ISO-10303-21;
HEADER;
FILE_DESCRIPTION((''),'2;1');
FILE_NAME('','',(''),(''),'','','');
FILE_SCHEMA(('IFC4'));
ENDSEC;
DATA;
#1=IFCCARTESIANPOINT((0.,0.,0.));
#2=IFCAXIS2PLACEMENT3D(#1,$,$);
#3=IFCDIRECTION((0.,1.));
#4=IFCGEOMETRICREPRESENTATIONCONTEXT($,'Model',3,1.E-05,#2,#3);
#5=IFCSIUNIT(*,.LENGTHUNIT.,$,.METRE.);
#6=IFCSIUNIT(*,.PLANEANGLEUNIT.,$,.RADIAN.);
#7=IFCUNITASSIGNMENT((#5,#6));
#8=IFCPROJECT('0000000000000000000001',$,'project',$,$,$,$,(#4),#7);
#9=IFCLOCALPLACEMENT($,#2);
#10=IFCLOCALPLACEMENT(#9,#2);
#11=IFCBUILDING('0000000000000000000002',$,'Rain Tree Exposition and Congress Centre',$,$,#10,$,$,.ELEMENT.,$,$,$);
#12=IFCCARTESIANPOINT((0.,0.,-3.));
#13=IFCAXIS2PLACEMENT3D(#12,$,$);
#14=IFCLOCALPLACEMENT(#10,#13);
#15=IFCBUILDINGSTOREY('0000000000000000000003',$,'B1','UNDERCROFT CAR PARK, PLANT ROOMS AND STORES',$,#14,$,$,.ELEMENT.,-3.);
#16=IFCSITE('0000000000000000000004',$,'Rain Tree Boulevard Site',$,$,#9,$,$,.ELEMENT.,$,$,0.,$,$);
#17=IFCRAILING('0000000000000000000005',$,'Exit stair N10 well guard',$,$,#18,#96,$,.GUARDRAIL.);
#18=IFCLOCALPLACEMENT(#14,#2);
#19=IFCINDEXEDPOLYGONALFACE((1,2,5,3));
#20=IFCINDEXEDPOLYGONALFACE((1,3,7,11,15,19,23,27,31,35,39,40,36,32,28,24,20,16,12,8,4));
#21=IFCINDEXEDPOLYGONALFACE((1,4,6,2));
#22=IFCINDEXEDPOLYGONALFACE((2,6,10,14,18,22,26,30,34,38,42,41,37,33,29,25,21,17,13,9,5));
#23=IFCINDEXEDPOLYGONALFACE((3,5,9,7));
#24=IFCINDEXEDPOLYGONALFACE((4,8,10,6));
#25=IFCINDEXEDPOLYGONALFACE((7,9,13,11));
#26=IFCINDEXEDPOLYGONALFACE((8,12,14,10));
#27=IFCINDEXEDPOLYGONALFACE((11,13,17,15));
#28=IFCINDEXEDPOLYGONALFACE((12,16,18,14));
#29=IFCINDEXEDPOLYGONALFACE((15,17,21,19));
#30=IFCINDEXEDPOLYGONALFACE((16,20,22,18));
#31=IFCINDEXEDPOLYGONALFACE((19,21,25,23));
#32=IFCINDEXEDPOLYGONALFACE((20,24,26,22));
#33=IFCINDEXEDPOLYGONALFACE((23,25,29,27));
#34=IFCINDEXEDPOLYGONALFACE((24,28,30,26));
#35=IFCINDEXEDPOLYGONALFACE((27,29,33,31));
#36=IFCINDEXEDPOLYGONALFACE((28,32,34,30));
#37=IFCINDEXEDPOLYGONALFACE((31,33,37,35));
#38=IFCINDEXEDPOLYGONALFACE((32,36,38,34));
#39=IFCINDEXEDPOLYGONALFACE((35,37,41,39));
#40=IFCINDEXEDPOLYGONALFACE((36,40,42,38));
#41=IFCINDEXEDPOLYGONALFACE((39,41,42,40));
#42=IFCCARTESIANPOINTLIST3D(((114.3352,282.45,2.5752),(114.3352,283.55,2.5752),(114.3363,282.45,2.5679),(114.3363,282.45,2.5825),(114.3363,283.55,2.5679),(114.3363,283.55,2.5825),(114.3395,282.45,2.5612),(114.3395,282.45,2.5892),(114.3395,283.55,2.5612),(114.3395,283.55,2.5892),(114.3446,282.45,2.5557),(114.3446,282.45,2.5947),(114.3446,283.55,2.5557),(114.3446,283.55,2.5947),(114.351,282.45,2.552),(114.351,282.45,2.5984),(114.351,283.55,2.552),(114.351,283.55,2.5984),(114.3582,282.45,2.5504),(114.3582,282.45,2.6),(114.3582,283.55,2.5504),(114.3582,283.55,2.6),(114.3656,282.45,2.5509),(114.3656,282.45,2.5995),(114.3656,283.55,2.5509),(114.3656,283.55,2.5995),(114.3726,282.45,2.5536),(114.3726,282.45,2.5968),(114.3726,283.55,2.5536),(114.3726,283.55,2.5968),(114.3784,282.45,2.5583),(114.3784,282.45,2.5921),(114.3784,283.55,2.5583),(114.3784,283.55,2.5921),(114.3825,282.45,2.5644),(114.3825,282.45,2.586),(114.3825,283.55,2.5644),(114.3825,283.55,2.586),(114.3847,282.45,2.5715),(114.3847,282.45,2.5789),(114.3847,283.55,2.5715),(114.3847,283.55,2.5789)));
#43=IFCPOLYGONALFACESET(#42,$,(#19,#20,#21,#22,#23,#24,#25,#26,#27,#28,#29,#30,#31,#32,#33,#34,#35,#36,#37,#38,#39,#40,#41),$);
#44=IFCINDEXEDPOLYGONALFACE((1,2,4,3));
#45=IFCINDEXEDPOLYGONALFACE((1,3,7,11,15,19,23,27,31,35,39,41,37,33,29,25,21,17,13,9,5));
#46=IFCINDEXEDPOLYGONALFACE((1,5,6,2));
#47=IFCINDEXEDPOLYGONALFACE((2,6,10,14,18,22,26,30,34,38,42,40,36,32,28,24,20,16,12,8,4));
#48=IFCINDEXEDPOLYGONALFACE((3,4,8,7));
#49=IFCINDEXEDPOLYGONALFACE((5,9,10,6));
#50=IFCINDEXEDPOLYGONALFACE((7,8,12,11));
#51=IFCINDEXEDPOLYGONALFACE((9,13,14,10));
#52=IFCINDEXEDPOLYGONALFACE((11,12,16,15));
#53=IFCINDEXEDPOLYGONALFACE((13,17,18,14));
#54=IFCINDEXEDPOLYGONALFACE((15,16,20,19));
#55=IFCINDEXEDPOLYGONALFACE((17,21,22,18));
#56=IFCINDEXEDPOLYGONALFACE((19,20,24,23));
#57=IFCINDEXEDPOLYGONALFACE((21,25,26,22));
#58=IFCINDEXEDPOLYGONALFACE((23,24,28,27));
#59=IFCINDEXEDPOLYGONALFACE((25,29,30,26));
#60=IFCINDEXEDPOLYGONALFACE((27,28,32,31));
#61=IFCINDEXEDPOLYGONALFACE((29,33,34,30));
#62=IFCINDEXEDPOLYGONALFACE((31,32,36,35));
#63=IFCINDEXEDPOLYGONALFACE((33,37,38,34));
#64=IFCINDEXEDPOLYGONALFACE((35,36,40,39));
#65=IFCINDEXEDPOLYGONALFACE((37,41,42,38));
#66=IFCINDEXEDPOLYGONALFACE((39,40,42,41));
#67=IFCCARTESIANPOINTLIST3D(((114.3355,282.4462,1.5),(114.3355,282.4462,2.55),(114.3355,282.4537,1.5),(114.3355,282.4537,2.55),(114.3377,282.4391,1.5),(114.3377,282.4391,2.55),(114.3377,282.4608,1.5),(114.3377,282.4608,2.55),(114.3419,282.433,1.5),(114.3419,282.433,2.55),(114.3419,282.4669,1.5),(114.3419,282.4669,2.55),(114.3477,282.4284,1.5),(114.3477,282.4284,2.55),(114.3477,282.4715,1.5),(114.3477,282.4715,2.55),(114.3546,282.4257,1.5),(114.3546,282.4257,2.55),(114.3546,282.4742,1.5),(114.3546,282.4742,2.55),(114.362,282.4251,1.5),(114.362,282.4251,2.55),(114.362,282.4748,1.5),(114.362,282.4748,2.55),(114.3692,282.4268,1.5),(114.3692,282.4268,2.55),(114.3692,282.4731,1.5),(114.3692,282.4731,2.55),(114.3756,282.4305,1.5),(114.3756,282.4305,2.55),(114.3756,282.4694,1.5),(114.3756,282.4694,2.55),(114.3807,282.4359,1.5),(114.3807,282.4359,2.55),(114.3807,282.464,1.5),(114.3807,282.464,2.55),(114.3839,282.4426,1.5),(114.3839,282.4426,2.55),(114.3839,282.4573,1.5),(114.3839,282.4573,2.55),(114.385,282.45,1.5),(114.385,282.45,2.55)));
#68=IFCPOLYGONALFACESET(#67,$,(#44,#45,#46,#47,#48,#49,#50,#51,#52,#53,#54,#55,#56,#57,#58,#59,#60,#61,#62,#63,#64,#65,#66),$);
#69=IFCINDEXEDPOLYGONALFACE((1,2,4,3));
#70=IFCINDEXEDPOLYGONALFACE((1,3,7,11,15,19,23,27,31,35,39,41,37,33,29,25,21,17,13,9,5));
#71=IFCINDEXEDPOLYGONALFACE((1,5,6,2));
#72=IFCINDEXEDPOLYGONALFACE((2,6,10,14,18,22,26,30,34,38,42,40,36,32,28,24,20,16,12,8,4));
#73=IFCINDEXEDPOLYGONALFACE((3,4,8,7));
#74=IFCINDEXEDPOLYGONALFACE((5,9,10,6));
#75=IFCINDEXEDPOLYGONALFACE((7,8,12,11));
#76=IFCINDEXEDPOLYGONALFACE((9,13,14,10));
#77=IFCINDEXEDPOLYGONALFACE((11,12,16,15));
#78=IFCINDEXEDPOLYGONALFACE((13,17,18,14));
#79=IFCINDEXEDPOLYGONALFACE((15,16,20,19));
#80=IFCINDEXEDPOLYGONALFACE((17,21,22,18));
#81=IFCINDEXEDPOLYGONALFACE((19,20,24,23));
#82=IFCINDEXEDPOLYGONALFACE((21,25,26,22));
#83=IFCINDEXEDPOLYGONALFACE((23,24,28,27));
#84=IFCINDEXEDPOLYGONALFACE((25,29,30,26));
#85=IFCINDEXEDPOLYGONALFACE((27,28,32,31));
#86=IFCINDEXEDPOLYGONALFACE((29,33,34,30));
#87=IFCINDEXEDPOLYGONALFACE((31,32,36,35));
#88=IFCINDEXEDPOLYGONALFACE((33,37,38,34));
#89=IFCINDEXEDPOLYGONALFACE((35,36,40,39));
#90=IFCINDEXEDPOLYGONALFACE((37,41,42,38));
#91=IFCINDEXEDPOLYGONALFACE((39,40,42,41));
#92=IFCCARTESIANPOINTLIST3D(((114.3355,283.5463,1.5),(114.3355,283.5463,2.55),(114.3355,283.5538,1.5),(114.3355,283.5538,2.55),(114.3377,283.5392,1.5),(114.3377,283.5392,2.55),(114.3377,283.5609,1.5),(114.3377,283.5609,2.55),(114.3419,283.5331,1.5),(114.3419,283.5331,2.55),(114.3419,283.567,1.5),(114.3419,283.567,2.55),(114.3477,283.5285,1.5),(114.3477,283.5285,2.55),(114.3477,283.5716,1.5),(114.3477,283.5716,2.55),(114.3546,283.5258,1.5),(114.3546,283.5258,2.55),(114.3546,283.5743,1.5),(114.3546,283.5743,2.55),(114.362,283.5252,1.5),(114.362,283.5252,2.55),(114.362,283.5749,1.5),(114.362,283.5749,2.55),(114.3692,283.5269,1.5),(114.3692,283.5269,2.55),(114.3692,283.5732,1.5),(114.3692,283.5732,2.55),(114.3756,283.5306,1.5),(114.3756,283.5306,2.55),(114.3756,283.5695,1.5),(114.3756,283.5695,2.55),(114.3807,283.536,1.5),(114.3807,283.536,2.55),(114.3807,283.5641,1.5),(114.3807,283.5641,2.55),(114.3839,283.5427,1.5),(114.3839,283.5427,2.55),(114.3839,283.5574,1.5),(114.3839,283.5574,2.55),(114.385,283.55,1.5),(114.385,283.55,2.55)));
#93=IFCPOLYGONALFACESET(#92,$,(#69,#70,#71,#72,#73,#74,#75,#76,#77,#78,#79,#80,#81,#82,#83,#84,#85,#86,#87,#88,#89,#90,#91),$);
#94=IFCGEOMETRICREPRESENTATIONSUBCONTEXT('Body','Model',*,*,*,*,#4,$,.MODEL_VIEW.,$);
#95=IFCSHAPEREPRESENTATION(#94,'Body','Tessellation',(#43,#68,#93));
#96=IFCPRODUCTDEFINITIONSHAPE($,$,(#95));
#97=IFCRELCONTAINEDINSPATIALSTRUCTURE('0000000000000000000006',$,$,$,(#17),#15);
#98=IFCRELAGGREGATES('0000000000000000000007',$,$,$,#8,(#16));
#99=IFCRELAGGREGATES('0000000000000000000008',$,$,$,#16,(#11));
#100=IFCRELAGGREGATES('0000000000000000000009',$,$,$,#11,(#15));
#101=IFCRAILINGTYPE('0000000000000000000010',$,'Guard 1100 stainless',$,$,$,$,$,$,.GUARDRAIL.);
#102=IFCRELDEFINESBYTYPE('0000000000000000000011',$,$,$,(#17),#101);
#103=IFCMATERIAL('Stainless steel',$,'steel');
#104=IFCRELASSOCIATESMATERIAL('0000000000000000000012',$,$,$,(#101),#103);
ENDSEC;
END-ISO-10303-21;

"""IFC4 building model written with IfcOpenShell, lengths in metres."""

from ifc_helpers import new_model, si_unit, direction, frame, origin, origin_2d, place, context, subcontext, project, spatial, circle, extrude, material, type_object, element, save


model = new_model("IFC4")

# Units and contexts
model_context = context("Model", 3, precision=1e-05, world=origin(), true_north=direction((0.0, 1.0)))
body_context = subcontext(model_context, "Body", "Model", "MODEL_VIEW")
ifc_project = project(units=[si_unit("LENGTHUNIT", "METRE"), si_unit("PLANEANGLEUNIT", "RADIAN")], contexts=[model_context])

# Site, building, storey
site_placement = place(None, origin())
site = spatial("IfcSite", under=ifc_project, at=site_placement, Name="Rain Tree Boulevard Site", CompositionType="ELEMENT", RefElevation=0.0)
building_placement = place(site_placement, origin())
building = spatial("IfcBuilding", under=site, at=building_placement, Name="Rain Tree Exposition and Congress Centre", CompositionType="ELEMENT")
storey_placement = place(building_placement, frame((0.0, 0.0, -3.0)))
storey = spatial("IfcBuildingStorey", under=building, at=storey_placement, Name="B1", Description="UNDERCROFT CAR PARK, PLANT ROOMS AND STORES", CompositionType="ELEMENT", Elevation=-3.0)

# Railing
ifc_material_1 = material(Name="Stainless steel", Category="steel")
railing_type = type_object("IfcRailingType", Name="Guard 1100 stainless", PredefinedType="GUARDRAIL", material=ifc_material_1)
railing_1_placement = place(storey_placement, frame((114.3601, 282.45, 1.5)))
element("IfcRailing", 1, at=railing_1_placement, inside=storey, type_object=railing_type, Name="Exit stair N10 well guard", PredefinedType="GUARDRAIL", context=body_context, shape_type="SweptSolid", body=[
    extrude(circle(Radius=0.0249, at=origin_2d()), frame((0.0, 0.0, 1.0752), z_axis=(0.0, 1.0, 0.0), x_axis=(-1.0, 0.0, 0.0)), (0.0, 0.0, 1.0), 1.1001),
    extrude(circle(Radius=0.0249, at=origin_2d()), origin(), (0.0, 0.0, 1.0), 1.05),
    extrude(circle(Radius=0.0249, at=origin_2d()), frame((0.0, 1.1001, 0.0)), (0.0, 0.0, 1.0), 1.05),
])

save(model, "model.ifc")
